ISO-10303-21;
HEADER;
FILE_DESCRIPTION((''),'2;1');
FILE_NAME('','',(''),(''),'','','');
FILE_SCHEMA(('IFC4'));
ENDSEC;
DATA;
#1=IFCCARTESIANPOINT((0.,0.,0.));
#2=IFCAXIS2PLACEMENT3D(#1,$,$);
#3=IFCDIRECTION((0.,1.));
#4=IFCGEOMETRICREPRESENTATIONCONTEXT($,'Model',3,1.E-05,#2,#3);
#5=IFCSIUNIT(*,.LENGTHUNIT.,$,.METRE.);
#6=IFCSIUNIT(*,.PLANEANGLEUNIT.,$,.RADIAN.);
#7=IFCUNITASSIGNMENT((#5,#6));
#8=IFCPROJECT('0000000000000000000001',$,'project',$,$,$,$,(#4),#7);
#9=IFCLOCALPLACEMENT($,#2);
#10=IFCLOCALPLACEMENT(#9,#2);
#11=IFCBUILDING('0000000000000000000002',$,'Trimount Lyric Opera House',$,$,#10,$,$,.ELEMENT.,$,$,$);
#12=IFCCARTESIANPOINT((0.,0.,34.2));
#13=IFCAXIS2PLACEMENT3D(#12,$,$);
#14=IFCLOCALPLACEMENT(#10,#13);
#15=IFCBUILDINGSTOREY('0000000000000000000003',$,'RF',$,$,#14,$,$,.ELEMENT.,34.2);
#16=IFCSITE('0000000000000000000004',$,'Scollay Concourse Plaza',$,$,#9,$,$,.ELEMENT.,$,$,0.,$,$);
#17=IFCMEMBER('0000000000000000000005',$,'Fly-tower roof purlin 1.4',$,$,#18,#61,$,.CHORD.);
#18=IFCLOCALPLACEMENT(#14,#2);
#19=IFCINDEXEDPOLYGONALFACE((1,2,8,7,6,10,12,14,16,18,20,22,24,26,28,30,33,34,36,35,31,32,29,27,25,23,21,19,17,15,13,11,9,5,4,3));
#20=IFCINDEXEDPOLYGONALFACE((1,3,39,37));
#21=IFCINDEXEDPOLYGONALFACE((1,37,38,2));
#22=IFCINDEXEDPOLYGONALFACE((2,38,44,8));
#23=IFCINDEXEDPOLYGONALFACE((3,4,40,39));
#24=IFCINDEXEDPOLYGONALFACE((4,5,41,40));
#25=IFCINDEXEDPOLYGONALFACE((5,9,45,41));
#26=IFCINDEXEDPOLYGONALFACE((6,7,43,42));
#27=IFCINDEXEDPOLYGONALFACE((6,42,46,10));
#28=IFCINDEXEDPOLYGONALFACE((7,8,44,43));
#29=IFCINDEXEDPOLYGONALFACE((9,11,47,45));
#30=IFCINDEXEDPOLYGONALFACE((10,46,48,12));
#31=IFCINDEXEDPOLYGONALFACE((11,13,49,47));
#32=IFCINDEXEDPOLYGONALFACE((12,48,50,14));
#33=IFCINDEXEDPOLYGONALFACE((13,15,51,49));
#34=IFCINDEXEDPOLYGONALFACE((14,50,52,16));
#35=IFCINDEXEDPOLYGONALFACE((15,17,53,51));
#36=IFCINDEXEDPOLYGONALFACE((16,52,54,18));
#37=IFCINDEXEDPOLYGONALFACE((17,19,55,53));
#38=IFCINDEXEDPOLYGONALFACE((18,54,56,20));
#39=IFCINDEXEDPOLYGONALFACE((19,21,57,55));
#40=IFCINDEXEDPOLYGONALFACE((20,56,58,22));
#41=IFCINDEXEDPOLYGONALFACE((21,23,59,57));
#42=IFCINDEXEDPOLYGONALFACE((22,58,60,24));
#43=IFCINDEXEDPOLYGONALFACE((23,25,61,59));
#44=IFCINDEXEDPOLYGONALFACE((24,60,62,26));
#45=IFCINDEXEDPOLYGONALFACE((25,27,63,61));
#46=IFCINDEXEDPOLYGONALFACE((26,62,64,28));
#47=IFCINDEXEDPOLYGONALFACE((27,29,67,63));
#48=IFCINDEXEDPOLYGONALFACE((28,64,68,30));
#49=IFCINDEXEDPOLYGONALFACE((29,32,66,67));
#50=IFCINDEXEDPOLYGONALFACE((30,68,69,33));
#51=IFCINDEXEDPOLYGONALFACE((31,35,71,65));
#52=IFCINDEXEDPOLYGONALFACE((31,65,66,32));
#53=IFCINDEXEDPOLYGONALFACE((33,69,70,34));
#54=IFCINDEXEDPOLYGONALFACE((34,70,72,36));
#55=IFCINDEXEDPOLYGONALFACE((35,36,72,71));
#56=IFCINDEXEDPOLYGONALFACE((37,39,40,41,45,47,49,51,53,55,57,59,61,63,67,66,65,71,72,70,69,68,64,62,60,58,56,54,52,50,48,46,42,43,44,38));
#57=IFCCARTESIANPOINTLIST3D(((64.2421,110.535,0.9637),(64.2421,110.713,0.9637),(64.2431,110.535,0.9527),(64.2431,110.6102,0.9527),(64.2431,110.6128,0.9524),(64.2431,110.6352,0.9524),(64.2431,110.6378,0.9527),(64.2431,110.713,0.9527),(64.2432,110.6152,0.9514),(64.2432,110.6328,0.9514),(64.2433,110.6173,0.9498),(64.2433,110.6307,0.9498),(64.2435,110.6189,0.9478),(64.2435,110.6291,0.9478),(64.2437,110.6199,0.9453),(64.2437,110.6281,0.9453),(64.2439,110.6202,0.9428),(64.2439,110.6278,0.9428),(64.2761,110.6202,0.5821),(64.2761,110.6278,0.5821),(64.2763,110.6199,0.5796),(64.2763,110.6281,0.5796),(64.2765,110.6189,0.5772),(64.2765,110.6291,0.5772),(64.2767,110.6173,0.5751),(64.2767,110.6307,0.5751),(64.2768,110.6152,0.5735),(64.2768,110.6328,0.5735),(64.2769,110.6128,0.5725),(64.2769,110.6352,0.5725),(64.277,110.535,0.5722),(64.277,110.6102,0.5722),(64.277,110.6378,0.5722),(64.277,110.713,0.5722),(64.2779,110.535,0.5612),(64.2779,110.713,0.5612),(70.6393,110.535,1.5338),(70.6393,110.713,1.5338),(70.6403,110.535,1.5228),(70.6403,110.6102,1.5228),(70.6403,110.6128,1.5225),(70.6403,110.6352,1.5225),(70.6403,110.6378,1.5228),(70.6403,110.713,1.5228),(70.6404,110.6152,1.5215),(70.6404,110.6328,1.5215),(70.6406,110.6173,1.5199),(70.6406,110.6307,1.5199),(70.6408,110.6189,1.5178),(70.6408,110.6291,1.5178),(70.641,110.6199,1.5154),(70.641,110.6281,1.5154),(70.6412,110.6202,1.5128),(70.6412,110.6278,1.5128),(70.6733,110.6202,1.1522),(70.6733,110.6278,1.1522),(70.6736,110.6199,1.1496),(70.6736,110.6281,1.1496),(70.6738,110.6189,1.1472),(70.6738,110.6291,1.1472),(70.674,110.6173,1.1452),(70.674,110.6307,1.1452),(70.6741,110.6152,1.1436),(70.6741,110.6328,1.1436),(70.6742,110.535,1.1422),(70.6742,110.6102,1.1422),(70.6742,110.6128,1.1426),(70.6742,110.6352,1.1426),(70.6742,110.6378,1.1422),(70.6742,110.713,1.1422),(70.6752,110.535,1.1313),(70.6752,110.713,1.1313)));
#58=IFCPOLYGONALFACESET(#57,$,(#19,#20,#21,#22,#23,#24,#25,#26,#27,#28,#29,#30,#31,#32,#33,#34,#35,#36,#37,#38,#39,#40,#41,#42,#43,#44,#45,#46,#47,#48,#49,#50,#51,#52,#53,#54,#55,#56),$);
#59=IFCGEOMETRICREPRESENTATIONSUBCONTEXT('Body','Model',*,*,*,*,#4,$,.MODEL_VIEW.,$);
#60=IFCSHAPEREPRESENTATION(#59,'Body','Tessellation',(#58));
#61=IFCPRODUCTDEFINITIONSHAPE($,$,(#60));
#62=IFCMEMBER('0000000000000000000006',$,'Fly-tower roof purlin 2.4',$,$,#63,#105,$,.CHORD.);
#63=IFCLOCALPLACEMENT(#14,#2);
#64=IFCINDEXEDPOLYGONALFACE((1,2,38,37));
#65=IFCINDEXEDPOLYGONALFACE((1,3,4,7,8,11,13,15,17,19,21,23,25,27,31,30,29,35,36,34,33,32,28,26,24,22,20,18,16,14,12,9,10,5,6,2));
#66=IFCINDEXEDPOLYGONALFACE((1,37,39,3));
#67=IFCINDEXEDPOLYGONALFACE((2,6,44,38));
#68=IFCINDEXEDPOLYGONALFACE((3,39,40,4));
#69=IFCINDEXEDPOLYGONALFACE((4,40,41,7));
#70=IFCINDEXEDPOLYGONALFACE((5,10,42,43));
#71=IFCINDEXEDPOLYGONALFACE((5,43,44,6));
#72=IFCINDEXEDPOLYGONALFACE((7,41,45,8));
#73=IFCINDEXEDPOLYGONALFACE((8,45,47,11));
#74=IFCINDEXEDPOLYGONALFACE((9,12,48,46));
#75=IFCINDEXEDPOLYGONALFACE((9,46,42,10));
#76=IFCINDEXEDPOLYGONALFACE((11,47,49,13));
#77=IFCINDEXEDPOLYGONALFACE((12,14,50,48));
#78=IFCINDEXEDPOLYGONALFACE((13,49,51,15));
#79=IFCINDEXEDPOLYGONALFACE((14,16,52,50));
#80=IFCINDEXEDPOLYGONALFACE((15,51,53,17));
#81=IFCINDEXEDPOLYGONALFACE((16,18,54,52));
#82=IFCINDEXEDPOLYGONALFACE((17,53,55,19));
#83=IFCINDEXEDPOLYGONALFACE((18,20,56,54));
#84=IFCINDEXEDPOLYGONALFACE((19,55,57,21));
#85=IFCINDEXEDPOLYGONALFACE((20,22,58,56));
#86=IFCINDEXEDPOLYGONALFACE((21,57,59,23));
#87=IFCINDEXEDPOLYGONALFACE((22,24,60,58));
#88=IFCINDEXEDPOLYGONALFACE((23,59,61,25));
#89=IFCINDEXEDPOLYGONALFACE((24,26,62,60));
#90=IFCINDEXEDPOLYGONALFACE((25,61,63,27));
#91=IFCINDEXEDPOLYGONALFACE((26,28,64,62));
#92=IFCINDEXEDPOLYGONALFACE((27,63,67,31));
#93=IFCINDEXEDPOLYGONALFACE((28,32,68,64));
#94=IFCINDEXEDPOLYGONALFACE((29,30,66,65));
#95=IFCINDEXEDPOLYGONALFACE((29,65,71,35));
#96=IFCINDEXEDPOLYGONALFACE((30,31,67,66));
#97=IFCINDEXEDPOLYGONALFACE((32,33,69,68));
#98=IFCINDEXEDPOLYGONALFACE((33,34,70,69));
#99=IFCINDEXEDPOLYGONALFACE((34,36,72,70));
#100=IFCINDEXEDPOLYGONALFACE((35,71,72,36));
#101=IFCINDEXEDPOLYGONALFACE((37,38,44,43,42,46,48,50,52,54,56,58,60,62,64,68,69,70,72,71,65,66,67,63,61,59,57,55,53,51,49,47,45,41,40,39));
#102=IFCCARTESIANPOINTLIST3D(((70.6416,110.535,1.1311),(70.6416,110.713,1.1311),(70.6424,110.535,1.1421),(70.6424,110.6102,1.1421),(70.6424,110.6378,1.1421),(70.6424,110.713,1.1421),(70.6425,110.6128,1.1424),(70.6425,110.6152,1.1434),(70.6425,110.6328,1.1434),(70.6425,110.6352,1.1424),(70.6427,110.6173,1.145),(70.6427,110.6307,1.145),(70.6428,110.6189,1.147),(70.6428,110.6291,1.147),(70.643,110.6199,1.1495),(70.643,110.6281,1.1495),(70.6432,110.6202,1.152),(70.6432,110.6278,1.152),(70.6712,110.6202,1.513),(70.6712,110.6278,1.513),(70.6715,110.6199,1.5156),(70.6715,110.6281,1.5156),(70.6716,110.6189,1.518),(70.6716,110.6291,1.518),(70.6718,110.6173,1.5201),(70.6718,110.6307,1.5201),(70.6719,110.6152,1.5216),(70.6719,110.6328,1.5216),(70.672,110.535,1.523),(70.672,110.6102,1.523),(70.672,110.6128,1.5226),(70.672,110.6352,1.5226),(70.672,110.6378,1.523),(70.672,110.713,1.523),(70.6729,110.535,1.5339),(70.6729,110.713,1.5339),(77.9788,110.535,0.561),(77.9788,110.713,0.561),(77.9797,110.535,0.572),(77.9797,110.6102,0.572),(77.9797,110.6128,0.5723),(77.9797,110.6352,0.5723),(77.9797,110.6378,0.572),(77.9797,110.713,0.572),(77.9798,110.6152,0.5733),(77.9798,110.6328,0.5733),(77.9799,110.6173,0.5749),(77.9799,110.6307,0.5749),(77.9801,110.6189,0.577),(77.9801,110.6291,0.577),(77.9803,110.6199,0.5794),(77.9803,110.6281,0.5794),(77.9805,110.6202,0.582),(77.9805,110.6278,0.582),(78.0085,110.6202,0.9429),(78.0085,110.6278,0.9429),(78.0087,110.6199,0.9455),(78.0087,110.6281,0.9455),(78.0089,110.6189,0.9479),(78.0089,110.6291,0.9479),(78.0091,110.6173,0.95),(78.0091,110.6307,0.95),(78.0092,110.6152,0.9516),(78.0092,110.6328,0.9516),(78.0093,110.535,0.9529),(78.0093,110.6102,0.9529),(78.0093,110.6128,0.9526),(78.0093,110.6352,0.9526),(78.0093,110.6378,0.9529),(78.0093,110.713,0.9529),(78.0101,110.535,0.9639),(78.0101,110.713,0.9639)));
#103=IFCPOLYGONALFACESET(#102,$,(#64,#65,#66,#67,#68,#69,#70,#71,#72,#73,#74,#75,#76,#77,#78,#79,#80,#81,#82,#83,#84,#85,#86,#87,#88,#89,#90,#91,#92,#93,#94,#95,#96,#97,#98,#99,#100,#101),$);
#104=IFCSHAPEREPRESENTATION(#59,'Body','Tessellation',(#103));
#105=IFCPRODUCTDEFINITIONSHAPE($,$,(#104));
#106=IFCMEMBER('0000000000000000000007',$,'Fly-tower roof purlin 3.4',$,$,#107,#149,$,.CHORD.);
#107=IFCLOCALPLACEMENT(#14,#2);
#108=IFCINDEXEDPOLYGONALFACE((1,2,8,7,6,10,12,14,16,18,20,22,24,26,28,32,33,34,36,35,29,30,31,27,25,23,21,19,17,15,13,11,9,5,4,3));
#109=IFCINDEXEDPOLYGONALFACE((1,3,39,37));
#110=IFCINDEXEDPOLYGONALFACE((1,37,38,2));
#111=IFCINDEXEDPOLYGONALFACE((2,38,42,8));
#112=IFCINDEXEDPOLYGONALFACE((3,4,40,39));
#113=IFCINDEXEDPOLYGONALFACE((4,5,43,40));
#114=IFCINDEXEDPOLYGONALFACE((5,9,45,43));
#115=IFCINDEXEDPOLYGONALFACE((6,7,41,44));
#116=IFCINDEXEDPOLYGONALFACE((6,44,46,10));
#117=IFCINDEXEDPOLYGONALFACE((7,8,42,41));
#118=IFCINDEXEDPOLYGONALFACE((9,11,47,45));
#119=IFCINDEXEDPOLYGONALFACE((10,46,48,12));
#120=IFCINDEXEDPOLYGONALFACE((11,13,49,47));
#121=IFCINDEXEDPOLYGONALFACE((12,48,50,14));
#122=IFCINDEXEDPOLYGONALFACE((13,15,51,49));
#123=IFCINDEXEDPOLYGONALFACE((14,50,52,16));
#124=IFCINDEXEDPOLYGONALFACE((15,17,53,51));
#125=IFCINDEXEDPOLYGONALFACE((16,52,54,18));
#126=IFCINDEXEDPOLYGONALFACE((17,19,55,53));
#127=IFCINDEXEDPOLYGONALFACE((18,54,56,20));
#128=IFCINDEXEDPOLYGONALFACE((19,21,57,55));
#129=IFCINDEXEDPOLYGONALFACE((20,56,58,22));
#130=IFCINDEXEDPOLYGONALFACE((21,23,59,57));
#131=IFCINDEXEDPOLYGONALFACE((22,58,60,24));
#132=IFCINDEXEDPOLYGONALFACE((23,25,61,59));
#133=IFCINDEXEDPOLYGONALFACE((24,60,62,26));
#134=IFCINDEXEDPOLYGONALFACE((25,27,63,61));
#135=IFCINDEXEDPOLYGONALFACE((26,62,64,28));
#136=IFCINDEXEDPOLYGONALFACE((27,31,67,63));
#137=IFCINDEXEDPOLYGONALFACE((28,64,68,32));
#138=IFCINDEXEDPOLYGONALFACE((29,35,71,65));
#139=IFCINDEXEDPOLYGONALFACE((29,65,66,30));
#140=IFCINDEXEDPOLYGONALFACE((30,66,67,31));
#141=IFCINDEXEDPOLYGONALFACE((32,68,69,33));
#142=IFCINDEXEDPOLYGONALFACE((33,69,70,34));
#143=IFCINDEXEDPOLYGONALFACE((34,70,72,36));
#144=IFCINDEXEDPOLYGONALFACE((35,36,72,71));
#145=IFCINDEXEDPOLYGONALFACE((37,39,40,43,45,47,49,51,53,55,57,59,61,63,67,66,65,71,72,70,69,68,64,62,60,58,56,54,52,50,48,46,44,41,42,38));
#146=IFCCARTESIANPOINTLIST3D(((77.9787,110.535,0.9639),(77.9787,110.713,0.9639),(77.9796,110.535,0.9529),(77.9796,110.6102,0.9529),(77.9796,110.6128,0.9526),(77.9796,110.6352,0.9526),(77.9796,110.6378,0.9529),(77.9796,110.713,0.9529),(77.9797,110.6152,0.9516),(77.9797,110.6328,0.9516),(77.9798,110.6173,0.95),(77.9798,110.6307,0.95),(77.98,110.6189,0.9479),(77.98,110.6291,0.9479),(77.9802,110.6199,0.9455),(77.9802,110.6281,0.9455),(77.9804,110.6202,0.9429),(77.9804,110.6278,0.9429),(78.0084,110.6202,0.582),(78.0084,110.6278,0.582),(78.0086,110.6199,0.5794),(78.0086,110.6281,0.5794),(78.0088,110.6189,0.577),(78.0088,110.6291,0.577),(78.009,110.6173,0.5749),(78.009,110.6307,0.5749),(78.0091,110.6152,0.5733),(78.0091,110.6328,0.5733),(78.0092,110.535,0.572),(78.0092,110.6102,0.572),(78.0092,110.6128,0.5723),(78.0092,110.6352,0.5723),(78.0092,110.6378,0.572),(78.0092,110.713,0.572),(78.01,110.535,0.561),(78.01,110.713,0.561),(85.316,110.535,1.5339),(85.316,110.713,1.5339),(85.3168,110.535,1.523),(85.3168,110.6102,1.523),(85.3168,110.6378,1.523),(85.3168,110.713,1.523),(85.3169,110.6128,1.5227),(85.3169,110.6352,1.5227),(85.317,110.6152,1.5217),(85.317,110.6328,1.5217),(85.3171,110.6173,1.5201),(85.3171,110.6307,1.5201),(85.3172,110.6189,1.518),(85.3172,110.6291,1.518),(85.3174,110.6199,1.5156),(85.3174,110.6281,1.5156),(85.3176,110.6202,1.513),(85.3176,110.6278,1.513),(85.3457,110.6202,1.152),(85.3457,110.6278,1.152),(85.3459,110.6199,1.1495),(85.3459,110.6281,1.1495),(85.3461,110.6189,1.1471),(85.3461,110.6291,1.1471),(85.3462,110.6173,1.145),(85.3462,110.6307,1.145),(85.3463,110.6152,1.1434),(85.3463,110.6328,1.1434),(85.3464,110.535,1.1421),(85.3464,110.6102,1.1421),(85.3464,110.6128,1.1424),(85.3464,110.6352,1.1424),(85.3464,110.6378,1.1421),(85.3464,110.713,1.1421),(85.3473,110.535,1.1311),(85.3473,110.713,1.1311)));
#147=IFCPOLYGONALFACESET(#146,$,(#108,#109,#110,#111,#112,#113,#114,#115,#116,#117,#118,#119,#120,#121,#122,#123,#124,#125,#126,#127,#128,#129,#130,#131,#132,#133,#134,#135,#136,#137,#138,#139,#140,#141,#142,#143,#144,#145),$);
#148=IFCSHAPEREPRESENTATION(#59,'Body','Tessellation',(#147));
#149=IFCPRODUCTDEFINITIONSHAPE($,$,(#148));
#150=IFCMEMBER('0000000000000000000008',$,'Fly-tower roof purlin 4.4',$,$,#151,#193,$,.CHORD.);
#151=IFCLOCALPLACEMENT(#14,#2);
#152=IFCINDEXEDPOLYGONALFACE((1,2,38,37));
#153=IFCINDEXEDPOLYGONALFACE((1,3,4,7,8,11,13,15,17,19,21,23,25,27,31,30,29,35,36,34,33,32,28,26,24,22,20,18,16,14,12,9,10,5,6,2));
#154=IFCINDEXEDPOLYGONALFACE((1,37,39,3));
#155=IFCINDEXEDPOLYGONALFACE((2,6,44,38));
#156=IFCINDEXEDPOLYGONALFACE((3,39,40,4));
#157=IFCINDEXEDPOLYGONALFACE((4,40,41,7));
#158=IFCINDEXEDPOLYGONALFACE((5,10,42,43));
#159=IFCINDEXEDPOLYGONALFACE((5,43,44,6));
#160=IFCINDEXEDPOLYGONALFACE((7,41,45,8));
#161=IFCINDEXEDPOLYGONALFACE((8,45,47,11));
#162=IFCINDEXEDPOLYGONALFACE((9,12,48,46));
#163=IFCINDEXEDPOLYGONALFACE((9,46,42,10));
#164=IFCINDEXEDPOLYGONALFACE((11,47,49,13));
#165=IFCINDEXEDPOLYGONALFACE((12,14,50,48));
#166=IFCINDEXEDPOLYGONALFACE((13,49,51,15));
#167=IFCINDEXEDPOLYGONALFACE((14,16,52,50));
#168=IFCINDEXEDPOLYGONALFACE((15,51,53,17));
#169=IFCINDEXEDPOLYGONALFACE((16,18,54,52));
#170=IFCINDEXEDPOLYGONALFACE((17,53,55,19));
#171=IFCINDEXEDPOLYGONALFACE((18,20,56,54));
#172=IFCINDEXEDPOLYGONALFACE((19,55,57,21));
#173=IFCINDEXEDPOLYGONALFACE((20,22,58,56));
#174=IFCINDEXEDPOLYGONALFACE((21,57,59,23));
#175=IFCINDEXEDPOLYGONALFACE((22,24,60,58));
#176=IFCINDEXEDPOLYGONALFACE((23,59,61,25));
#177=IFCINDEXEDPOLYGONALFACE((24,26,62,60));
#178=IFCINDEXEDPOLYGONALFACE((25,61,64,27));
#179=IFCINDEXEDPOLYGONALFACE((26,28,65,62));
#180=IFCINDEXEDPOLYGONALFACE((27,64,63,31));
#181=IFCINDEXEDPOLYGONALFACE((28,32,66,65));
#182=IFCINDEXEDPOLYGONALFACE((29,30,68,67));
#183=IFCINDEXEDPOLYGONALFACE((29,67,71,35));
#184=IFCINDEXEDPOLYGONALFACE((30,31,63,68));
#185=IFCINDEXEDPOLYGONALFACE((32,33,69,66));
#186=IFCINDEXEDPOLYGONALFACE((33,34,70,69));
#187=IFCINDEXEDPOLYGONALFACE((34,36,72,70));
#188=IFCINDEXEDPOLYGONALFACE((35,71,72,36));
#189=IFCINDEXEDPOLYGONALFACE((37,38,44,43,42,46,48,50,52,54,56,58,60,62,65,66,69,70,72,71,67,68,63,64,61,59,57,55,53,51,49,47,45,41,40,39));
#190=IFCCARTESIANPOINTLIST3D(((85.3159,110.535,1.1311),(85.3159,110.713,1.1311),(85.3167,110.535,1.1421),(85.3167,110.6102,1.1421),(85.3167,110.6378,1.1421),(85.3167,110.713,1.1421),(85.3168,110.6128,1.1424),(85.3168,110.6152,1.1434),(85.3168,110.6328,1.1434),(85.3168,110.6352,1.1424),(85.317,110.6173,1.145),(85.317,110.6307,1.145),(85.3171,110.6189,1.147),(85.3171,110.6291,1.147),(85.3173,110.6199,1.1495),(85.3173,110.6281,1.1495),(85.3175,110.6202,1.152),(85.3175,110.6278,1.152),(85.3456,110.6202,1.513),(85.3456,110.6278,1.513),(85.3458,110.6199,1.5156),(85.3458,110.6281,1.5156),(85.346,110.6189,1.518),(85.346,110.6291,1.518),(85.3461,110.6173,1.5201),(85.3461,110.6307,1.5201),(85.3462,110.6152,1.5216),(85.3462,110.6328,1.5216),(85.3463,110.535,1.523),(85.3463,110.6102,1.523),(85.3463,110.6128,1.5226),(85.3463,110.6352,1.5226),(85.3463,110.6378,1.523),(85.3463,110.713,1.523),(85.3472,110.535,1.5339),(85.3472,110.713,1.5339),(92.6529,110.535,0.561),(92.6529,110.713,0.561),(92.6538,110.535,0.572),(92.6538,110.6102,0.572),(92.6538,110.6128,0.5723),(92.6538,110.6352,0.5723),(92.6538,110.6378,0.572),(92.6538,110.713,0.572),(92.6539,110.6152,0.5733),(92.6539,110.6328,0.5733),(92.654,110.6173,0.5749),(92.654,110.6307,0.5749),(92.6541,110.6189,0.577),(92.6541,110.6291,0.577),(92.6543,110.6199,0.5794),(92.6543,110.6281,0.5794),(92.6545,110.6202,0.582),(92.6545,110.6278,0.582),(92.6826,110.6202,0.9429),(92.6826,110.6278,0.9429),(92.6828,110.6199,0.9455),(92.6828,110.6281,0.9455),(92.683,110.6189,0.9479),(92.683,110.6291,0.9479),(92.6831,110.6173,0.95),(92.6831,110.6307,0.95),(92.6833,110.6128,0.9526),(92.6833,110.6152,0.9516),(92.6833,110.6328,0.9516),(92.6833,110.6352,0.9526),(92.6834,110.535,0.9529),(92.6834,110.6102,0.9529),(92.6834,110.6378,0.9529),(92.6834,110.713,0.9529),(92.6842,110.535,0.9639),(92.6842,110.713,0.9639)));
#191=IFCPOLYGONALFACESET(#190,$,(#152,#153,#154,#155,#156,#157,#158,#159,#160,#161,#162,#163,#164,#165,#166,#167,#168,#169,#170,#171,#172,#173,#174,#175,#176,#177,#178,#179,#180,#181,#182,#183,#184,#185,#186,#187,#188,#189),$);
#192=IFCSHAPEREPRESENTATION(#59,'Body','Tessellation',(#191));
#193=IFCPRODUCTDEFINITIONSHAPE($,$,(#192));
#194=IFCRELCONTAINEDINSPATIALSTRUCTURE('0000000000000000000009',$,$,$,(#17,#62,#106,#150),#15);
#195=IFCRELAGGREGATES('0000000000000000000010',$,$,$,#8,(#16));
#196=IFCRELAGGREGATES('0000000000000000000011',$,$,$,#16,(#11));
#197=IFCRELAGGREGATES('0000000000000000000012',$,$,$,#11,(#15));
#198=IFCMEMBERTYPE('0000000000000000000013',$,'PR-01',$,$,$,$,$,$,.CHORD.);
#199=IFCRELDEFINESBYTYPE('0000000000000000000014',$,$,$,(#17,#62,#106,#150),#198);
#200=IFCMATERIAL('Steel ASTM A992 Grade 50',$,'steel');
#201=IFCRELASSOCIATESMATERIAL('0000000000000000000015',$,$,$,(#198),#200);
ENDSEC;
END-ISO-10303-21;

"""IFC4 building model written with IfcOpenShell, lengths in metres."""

from ifc_helpers import new_model, si_unit, direction, frame, origin, origin_2d, place, context, subcontext, project, spatial, i_section, extrude, material, material_profile, profile_set, type_object, element, save


model = new_model("IFC4")

# Units and contexts
model_context = context("Model", 3, precision=1e-05, world=origin(), true_north=direction((0.0, 1.0)))
body_context = subcontext(model_context, "Body", "Model", "MODEL_VIEW")
ifc_project = project(units=[si_unit("LENGTHUNIT", "METRE"), si_unit("PLANEANGLEUNIT", "RADIAN")], contexts=[model_context])

# Site, building, storey
site_placement = place(None, origin())
site = spatial("IfcSite", under=ifc_project, at=site_placement, Name="Scollay Concourse Plaza", CompositionType="ELEMENT", RefElevation=0.0)
building_placement = place(site_placement, origin())
building = spatial("IfcBuilding", under=site, at=building_placement, Name="Trimount Lyric Opera House", CompositionType="ELEMENT")
storey_placement = place(building_placement, frame((0.0, 0.0, 34.2)))
storey = spatial("IfcBuildingStorey", under=building, at=storey_placement, Name="RF", CompositionType="ELEMENT", Elevation=34.2)

# Members
ifc_material_1 = material(Name="Steel ASTM A992 Grade 50", Category="steel")
ifc_material_profile_1 = material_profile(ifc_material_1, i_section(OverallWidth=0.178, OverallDepth=0.4041, WebThickness=0.0076, FlangeThickness=0.011, FilletRadius=0.01, at=origin_2d()), Name="W16X36")
ifc_profile_set_1 = profile_set([ifc_material_profile_1], Name="Steel ASTM A992 Grade 50")
member_type_1 = type_object("IfcMemberType", Name="PR-01", PredefinedType="CHORD", material=ifc_profile_set_1)
member_1_placement = place(storey_placement, frame((64.26, 110.624, 0.7625), z_axis=(0.996053, 0.0, 0.08876), x_axis=(0.0, 1.0, 0.0)))
element("IfcMember", 1, at=member_1_placement, inside=storey, type_object=member_type_1, Name="Fly-tower roof purlin 1.4", PredefinedType="CHORD", context=body_context, shape_type="SweptSolid", body=[
    extrude(i_section(OverallWidth=0.178, OverallDepth=0.4041, WebThickness=0.0076, FlangeThickness=0.011, FilletRadius=0.01, at=origin_2d()), origin(), (0.0, 0.0, 1.0), 6.4226),
])
for number, where, z_axis, x_axis, name in (
    (2, (70.6572, 110.624, 1.3325), (0.996995, 0.0, -0.077463), (0.0, 1.0, 0.0), "Fly-tower roof purlin 2.4"),
    (3, (77.9944, 110.624, 0.7625), (0.996995, 0.0, 0.077463), (0.0, 1.0, 0.0), "Fly-tower roof purlin 3.4"),
):
    element("IfcMember", number, at=place(storey_placement, frame(where, z_axis=z_axis, x_axis=x_axis)), inside=storey, type_object=member_type_1, Name=name, PredefinedType="CHORD", context=body_context, shape_type="SweptSolid", body=[
        extrude(i_section(OverallWidth=0.178, OverallDepth=0.4041, WebThickness=0.0076, FlangeThickness=0.011, FilletRadius=0.01, at=origin_2d()), origin(), (0.0, 0.0, 1.0), 7.3594),
    ])
member_2_placement = place(storey_placement, frame((85.3315, 110.624, 1.3325), z_axis=(0.996995, 0.0, -0.077465), x_axis=(0.0, 1.0, 0.0)))
element("IfcMember", 4, at=member_2_placement, inside=storey, type_object=member_type_1, Name="Fly-tower roof purlin 4.4", PredefinedType="CHORD", context=body_context, shape_type="SweptSolid", body=[
    extrude(i_section(OverallWidth=0.178, OverallDepth=0.4041, WebThickness=0.0076, FlangeThickness=0.011, FilletRadius=0.01, at=origin_2d()), origin(), (0.0, 0.0, 1.0), 7.3591),
])

save(model, "model.ifc")
